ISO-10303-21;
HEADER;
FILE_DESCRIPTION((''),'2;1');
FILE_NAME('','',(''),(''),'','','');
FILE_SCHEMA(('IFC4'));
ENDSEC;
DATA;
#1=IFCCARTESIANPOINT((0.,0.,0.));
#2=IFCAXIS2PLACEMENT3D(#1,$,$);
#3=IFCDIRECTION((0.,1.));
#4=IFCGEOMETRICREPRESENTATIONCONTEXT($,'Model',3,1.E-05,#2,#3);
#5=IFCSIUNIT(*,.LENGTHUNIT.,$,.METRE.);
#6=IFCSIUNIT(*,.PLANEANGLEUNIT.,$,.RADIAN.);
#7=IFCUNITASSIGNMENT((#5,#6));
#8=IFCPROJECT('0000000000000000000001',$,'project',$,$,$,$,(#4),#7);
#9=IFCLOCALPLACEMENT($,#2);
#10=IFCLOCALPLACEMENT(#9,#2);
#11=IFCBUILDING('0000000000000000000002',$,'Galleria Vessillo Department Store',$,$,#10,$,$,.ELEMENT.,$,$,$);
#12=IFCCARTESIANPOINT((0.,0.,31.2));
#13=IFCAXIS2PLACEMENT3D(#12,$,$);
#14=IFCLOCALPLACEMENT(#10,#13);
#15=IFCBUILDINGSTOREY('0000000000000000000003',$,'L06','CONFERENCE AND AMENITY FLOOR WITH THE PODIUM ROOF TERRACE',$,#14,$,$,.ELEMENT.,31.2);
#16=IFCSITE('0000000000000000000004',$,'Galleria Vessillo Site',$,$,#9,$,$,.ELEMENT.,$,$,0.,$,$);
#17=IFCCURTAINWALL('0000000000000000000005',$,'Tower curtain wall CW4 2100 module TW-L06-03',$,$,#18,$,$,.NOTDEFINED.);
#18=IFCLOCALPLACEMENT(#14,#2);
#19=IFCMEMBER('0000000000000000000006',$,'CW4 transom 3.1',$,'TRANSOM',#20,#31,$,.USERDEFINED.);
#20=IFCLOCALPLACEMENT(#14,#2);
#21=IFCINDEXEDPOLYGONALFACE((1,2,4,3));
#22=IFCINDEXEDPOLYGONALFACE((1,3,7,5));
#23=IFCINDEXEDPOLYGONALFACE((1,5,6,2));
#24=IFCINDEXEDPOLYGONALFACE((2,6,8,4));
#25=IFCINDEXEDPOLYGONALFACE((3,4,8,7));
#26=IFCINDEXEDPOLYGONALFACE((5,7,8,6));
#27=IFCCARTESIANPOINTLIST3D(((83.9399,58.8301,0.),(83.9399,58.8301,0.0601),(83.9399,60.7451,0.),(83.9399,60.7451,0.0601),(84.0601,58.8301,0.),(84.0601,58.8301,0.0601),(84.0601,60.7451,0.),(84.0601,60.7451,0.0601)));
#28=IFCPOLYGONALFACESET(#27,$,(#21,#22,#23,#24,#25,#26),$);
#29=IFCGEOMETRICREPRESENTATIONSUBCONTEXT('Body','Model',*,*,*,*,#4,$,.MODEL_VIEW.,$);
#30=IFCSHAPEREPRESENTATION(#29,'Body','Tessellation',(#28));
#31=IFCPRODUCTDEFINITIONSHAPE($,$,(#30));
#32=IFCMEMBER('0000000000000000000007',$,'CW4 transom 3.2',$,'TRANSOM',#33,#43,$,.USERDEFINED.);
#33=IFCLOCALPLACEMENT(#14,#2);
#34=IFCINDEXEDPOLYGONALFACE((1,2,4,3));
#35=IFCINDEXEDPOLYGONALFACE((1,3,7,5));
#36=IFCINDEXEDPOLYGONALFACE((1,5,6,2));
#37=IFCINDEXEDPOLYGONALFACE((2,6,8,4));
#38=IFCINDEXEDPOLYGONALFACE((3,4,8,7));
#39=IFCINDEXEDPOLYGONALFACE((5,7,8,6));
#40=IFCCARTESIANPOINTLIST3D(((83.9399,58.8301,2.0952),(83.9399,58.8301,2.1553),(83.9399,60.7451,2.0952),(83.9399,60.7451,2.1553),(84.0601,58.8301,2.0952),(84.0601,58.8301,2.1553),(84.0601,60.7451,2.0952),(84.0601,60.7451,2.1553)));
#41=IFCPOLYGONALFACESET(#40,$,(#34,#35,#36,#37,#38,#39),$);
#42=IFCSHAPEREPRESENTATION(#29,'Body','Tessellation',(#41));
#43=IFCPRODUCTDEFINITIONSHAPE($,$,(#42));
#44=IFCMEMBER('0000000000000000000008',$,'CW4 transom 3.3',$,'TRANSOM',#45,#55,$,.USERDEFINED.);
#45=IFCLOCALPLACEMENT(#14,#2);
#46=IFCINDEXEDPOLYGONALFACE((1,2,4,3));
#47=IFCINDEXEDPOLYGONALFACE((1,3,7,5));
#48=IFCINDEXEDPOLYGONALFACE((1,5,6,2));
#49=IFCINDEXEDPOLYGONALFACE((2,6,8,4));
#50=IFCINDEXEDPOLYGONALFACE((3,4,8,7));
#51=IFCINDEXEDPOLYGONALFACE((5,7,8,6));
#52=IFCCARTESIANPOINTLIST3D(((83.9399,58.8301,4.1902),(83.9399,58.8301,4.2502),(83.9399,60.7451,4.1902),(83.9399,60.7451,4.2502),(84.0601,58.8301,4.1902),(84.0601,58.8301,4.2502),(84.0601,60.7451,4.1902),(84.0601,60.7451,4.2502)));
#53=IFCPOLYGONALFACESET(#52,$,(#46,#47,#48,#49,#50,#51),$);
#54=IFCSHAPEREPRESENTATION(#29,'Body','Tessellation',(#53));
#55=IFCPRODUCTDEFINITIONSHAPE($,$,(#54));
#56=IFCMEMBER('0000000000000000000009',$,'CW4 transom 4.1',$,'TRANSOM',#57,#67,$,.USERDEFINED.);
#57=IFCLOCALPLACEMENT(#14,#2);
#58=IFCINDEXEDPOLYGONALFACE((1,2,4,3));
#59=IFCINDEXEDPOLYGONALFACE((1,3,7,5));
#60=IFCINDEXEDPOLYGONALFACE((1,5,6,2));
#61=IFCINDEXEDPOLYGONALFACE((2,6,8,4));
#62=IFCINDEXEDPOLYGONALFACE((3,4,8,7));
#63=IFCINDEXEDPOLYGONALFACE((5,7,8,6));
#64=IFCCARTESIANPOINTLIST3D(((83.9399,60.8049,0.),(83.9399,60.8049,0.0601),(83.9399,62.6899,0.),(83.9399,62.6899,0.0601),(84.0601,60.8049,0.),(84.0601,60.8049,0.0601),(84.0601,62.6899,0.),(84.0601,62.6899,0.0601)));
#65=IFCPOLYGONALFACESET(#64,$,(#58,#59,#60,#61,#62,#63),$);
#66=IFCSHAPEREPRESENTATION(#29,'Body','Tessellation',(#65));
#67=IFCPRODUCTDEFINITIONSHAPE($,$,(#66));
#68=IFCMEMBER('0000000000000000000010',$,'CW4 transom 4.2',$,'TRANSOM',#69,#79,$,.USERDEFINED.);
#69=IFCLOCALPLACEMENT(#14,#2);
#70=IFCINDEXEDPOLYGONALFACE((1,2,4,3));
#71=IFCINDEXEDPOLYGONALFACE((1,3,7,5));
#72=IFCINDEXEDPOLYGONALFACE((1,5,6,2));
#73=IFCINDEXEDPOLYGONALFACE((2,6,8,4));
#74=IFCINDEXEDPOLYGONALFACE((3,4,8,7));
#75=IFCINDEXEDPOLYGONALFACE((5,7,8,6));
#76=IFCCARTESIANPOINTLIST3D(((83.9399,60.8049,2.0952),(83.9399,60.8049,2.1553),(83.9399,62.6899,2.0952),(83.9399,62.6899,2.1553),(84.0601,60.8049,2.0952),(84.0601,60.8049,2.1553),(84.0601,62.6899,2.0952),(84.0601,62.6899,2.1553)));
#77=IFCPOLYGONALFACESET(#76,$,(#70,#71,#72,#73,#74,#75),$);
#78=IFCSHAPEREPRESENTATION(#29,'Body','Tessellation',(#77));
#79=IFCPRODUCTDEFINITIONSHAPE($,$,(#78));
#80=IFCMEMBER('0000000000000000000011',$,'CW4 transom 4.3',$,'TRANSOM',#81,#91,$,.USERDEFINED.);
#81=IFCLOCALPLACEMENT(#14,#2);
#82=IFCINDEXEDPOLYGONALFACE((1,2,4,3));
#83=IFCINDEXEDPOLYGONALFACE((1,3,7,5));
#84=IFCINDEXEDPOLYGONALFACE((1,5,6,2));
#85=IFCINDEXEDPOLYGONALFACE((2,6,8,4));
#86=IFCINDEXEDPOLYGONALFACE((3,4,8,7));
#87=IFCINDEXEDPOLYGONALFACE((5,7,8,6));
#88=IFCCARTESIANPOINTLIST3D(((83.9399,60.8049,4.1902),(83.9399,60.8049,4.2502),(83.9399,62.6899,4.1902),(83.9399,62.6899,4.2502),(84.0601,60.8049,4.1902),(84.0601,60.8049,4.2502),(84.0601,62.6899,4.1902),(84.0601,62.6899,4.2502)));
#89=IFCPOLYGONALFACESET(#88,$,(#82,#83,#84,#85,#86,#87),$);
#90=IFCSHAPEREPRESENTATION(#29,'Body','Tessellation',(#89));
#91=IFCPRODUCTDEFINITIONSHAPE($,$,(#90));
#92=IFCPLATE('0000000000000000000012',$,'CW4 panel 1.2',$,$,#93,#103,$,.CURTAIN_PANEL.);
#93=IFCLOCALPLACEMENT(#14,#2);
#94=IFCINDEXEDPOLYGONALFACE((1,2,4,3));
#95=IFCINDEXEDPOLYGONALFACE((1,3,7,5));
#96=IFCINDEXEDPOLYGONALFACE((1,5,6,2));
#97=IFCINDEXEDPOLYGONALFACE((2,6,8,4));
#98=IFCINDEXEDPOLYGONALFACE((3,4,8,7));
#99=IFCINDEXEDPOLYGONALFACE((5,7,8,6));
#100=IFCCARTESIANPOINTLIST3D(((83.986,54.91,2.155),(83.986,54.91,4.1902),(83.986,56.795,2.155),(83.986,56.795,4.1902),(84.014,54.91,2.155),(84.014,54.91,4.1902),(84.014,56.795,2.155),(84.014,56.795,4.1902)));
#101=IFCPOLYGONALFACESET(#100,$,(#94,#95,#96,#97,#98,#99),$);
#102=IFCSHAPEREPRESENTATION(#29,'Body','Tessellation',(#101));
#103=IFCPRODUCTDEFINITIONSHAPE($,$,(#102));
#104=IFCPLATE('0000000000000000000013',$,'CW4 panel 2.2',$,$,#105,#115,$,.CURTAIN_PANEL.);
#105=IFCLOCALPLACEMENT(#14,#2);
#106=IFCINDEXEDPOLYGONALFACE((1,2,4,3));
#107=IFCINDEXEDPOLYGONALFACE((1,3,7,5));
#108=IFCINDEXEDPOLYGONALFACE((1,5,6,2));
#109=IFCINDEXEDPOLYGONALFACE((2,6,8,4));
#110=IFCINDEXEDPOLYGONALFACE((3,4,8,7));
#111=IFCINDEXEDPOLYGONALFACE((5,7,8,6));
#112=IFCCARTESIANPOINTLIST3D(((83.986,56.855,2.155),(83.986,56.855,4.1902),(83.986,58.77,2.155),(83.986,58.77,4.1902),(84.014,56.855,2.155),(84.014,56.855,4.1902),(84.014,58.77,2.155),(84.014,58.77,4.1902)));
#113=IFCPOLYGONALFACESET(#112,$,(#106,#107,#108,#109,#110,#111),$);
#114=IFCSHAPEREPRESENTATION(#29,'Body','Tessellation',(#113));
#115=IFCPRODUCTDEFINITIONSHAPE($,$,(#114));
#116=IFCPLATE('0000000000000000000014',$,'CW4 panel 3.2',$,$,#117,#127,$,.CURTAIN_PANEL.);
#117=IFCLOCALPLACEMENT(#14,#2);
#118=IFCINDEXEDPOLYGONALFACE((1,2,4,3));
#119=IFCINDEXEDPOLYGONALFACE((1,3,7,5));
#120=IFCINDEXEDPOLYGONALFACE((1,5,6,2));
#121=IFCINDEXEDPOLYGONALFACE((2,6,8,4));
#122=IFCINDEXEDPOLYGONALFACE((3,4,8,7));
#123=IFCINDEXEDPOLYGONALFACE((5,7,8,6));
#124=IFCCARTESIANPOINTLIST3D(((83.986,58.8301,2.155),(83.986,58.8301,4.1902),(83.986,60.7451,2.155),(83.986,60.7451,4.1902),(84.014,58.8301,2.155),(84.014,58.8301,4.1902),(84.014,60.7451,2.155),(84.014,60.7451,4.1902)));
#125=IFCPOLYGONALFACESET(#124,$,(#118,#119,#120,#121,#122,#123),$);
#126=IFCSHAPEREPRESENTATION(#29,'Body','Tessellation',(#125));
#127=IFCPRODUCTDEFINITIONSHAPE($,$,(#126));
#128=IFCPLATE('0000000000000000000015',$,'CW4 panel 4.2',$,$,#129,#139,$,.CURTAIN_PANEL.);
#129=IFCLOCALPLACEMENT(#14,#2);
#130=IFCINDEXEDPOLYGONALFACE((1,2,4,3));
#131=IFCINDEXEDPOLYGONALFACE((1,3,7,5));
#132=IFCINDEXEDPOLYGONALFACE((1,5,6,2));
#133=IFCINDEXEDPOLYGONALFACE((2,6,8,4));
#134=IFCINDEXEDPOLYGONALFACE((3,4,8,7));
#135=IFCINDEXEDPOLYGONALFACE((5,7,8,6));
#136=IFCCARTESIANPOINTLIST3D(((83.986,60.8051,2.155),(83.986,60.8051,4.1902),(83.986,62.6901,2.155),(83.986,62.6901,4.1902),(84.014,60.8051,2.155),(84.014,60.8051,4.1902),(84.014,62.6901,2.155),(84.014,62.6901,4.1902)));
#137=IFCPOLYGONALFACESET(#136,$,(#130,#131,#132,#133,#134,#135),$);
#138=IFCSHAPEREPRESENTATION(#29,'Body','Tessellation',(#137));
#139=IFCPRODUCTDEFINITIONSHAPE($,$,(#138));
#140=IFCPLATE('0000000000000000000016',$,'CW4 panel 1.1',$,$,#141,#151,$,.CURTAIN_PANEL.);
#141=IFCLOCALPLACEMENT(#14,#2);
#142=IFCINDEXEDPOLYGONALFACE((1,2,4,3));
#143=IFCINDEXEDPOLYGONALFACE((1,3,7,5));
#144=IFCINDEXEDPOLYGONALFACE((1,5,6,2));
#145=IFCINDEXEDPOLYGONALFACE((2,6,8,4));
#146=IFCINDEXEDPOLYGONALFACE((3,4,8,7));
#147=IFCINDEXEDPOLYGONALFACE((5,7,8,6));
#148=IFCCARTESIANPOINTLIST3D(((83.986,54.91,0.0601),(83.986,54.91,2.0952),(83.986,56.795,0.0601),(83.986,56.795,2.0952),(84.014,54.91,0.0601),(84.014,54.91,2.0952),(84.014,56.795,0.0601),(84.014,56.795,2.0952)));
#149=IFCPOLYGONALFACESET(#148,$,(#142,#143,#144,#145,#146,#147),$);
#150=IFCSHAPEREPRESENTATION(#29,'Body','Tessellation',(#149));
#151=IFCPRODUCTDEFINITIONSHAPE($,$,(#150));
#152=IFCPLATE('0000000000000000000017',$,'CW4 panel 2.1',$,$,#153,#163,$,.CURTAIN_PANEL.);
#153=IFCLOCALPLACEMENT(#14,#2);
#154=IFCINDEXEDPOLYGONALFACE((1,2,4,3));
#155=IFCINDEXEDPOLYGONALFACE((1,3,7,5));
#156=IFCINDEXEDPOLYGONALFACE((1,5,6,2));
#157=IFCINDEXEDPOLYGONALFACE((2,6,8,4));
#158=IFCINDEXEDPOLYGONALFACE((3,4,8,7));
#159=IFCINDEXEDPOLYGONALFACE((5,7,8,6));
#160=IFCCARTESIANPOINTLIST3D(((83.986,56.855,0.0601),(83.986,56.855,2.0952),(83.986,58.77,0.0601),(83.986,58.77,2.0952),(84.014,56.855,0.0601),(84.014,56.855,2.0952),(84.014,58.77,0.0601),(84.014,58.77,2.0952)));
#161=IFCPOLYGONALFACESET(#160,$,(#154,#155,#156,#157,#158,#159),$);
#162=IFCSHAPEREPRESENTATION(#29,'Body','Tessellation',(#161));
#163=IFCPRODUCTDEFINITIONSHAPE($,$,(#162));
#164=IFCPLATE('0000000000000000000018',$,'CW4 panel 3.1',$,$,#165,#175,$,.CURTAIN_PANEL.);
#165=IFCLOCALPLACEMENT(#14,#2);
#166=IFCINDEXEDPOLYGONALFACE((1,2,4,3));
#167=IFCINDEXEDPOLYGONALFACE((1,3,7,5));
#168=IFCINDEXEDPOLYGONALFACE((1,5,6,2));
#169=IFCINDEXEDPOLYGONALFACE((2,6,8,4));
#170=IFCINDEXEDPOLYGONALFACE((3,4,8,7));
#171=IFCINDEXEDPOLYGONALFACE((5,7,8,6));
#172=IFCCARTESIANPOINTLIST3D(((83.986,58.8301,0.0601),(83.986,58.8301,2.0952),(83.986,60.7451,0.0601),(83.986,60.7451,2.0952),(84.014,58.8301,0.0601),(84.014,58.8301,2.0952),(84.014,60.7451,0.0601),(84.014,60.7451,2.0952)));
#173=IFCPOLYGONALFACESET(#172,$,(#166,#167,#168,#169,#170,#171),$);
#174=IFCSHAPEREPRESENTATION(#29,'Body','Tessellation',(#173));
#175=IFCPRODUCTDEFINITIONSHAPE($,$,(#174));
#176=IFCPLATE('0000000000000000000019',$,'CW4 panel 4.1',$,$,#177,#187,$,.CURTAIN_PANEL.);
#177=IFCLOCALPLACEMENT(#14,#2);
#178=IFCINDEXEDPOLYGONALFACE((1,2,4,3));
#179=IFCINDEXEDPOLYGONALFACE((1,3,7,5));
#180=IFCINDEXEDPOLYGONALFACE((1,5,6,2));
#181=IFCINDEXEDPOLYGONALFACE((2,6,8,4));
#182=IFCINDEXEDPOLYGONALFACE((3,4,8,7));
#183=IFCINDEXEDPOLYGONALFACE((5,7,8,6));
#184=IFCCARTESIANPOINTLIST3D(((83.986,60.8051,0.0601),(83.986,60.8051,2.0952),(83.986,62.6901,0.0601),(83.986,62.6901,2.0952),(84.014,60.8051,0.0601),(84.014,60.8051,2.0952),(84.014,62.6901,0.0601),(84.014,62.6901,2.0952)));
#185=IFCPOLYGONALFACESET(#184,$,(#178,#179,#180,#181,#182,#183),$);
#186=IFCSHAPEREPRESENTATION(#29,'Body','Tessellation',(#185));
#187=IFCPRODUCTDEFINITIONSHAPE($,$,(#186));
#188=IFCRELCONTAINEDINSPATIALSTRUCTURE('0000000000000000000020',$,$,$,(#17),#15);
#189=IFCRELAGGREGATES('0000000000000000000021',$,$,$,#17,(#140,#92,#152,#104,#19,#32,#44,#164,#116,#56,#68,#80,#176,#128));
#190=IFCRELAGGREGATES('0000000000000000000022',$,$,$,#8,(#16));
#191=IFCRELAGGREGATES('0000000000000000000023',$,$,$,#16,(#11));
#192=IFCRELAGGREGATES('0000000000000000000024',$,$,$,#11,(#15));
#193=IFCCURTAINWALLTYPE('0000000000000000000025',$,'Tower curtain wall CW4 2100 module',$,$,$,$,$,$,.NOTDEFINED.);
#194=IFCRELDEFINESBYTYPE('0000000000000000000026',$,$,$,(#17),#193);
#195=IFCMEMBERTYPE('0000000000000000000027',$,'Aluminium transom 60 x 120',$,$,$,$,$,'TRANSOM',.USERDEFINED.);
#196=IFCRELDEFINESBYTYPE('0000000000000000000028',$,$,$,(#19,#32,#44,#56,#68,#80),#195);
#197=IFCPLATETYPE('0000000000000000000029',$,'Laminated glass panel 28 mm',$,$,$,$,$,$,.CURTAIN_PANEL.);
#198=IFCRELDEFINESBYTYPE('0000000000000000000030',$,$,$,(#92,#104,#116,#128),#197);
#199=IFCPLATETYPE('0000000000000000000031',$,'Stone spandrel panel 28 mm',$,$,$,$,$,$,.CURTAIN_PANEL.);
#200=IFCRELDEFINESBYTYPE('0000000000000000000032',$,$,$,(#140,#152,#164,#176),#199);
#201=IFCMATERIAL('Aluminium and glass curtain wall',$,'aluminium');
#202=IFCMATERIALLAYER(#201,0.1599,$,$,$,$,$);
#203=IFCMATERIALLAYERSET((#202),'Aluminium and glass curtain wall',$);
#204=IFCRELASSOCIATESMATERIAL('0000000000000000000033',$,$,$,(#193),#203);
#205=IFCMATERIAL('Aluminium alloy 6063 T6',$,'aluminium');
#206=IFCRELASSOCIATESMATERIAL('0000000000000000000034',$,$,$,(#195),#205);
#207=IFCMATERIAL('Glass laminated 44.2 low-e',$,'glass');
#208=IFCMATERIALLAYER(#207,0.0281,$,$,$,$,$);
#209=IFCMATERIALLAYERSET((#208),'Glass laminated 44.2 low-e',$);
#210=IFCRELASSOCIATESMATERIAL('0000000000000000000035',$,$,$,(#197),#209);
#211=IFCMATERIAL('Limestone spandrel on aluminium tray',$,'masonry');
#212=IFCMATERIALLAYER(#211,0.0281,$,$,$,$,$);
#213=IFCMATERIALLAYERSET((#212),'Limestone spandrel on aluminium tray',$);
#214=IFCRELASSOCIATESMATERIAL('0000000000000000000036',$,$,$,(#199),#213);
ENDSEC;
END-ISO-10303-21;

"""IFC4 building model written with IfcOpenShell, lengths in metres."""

from ifc_helpers import new_model, si_unit, direction, frame, origin, origin_2d, place, context, subcontext, project, spatial, rectangle, extrude, material, layer, layer_set, material_profile, profile_set, type_object, element, aggregate, save


model = new_model("IFC4")

# Units and contexts
model_context = context("Model", 3, precision=1e-05, world=origin(), true_north=direction((0.0, 1.0)))
body_context = subcontext(model_context, "Body", "Model", "MODEL_VIEW")
ifc_project = project(units=[si_unit("LENGTHUNIT", "METRE"), si_unit("PLANEANGLEUNIT", "RADIAN")], contexts=[model_context])

# Site, building, storey
site_placement = place(None, origin())
site = spatial("IfcSite", under=ifc_project, at=site_placement, Name="Galleria Vessillo Site", CompositionType="ELEMENT", RefElevation=0.0)
building_placement = place(site_placement, origin())
building = spatial("IfcBuilding", under=site, at=building_placement, Name="Galleria Vessillo Department Store", CompositionType="ELEMENT")
storey_placement = place(building_placement, frame((0.0, 0.0, 31.2)))
storey = spatial("IfcBuildingStorey", under=building, at=storey_placement, Name="L06", Description="CONFERENCE AND AMENITY FLOOR WITH THE PODIUM ROOF TERRACE", CompositionType="ELEMENT", Elevation=31.2)

# Curtain wall, members, plates
ifc_material_1 = material(Name="Aluminium and glass curtain wall", Category="aluminium")
ifc_layer_1 = layer(ifc_material_1, 0.1599)
ifc_layer_set_1 = layer_set([ifc_layer_1], Name="Aluminium and glass curtain wall")
curtain_wall_type = type_object("IfcCurtainWallType", Name="Tower curtain wall CW4 2100 module", PredefinedType="NOTDEFINED", material=ifc_layer_set_1)
curtain_wall_placement = place(storey_placement, origin())
curtain_wall = element("IfcCurtainWall", 1, at=curtain_wall_placement, inside=storey, type_object=curtain_wall_type, Name="Tower curtain wall CW4 2100 module TW-L06-03", PredefinedType="NOTDEFINED")
ifc_material_2 = material(Name="Aluminium alloy 6063 T6", Category="aluminium")
ifc_material_profile_1 = material_profile(ifc_material_2, rectangle(XDim=0.1201, YDim=0.0601, at=origin_2d()), Name="AL 60x120")
ifc_profile_set_1 = profile_set([ifc_material_profile_1], Name="Aluminium alloy 6063 T6")
member_type_1 = type_object("IfcMemberType", Name="Aluminium transom 60 x 120", ElementType="TRANSOM", PredefinedType="USERDEFINED", material=ifc_profile_set_1)
member_1_placement = place(storey_placement, frame((84.0, 58.8301, 0.03), z_axis=(0.0, 1.0, 0.0), x_axis=(-1.0, 0.0, 0.0)))
member_1 = element("IfcMember", 2, at=member_1_placement, type_object=member_type_1, Name="CW4 transom 3.1", ObjectType="TRANSOM", PredefinedType="USERDEFINED", context=body_context, shape_type="SweptSolid", body=[
    extrude(rectangle(XDim=0.1201, YDim=0.0601, at=origin_2d()), origin(), (0.0, 0.0, 1.0), 1.915),
])
member_2_placement = place(storey_placement, frame((84.0, 58.8301, 2.1252), z_axis=(0.0, 1.0, 0.0), x_axis=(-1.0, 0.0, 0.0)))
member_2 = element("IfcMember", 3, at=member_2_placement, type_object=member_type_1, Name="CW4 transom 3.2", ObjectType="TRANSOM", PredefinedType="USERDEFINED", context=body_context, shape_type="SweptSolid", body=[
    extrude(rectangle(XDim=0.1201, YDim=0.0601, at=origin_2d()), origin(), (0.0, 0.0, 1.0), 1.915),
])
member_3_placement = place(storey_placement, frame((84.0, 58.8301, 4.2202), z_axis=(0.0, 1.0, 0.0), x_axis=(-1.0, 0.0, 0.0)))
member_3 = element("IfcMember", 4, at=member_3_placement, type_object=member_type_1, Name="CW4 transom 3.3", ObjectType="TRANSOM", PredefinedType="USERDEFINED", context=body_context, shape_type="SweptSolid", body=[
    extrude(rectangle(XDim=0.1201, YDim=0.0601, at=origin_2d()), origin(), (0.0, 0.0, 1.0), 1.915),
])
member_4_placement = place(storey_placement, frame((84.0, 60.8049, 0.03), z_axis=(0.0, 1.0, 0.0), x_axis=(-1.0, 0.0, 0.0)))
member_4 = element("IfcMember", 5, at=member_4_placement, type_object=member_type_1, Name="CW4 transom 4.1", ObjectType="TRANSOM", PredefinedType="USERDEFINED", context=body_context, shape_type="SweptSolid", body=[
    extrude(rectangle(XDim=0.1201, YDim=0.0601, at=origin_2d()), origin(), (0.0, 0.0, 1.0), 1.885),
])
member_5_placement = place(storey_placement, frame((84.0, 60.8049, 2.1252), z_axis=(0.0, 1.0, 0.0), x_axis=(-1.0, 0.0, 0.0)))
member_5 = element("IfcMember", 6, at=member_5_placement, type_object=member_type_1, Name="CW4 transom 4.2", ObjectType="TRANSOM", PredefinedType="USERDEFINED", context=body_context, shape_type="SweptSolid", body=[
    extrude(rectangle(XDim=0.1201, YDim=0.0601, at=origin_2d()), origin(), (0.0, 0.0, 1.0), 1.885),
])
member_6_placement = place(storey_placement, frame((84.0, 60.8049, 4.2202), z_axis=(0.0, 1.0, 0.0), x_axis=(-1.0, 0.0, 0.0)))
member_6 = element("IfcMember", 7, at=member_6_placement, type_object=member_type_1, Name="CW4 transom 4.3", ObjectType="TRANSOM", PredefinedType="USERDEFINED", context=body_context, shape_type="SweptSolid", body=[
    extrude(rectangle(XDim=0.1201, YDim=0.0601, at=origin_2d()), origin(), (0.0, 0.0, 1.0), 1.885),
])
ifc_material_3 = material(Name="Glass laminated 44.2 low-e", Category="glass")
ifc_layer_2 = layer(ifc_material_3, 0.0281)
ifc_layer_set_2 = layer_set([ifc_layer_2], Name="Glass laminated 44.2 low-e")
plate_type_1 = type_object("IfcPlateType", Name="Laminated glass panel 28 mm", PredefinedType="CURTAIN_PANEL", material=ifc_layer_set_2)
plate_1_placement = place(storey_placement, frame((84.0, 55.8525, 2.155), z_axis=(0.0, 0.0, 1.0), x_axis=(0.0, 1.0, 0.0)))
plate_1 = element("IfcPlate", 8, at=plate_1_placement, type_object=plate_type_1, Name="CW4 panel 1.2", PredefinedType="CURTAIN_PANEL", context=body_context, shape_type="SweptSolid", body=[
    extrude(rectangle(XDim=1.885, YDim=0.0281, at=origin_2d()), origin(), (0.0, 0.0, 1.0), 2.0352),
])
plate_2_placement = place(storey_placement, frame((84.0, 57.8125, 2.155), z_axis=(0.0, 0.0, 1.0), x_axis=(0.0, 1.0, 0.0)))
plate_2 = element("IfcPlate", 9, at=plate_2_placement, type_object=plate_type_1, Name="CW4 panel 2.2", PredefinedType="CURTAIN_PANEL", context=body_context, shape_type="SweptSolid", body=[
    extrude(rectangle(XDim=1.915, YDim=0.0281, at=origin_2d()), origin(), (0.0, 0.0, 1.0), 2.0352),
])
plate_3_placement = place(storey_placement, frame((84.0, 59.7876, 2.155), z_axis=(0.0, 0.0, 1.0), x_axis=(0.0, 1.0, 0.0)))
plate_3 = element("IfcPlate", 10, at=plate_3_placement, type_object=plate_type_1, Name="CW4 panel 3.2", PredefinedType="CURTAIN_PANEL", context=body_context, shape_type="SweptSolid", body=[
    extrude(rectangle(XDim=1.915, YDim=0.0281, at=origin_2d()), origin(), (0.0, 0.0, 1.0), 2.0352),
])
plate_4_placement = place(storey_placement, frame((84.0, 61.7476, 2.155), z_axis=(0.0, 0.0, 1.0), x_axis=(0.0, 1.0, 0.0)))
plate_4 = element("IfcPlate", 11, at=plate_4_placement, type_object=plate_type_1, Name="CW4 panel 4.2", PredefinedType="CURTAIN_PANEL", context=body_context, shape_type="SweptSolid", body=[
    extrude(rectangle(XDim=1.885, YDim=0.0281, at=origin_2d()), origin(), (0.0, 0.0, 1.0), 2.0352),
])
ifc_material_4 = material(Name="Limestone spandrel on aluminium tray", Category="masonry")
ifc_layer_3 = layer(ifc_material_4, 0.0281)
ifc_layer_set_3 = layer_set([ifc_layer_3], Name="Limestone spandrel on aluminium tray")
plate_type_2 = type_object("IfcPlateType", Name="Stone spandrel panel 28 mm", PredefinedType="CURTAIN_PANEL", material=ifc_layer_set_3)
plate_5_placement = place(storey_placement, frame((84.0, 55.8525, 0.0601), z_axis=(0.0, 0.0, 1.0), x_axis=(0.0, 1.0, 0.0)))
plate_5 = element("IfcPlate", 12, at=plate_5_placement, type_object=plate_type_2, Name="CW4 panel 1.1", PredefinedType="CURTAIN_PANEL", context=body_context, shape_type="SweptSolid", body=[
    extrude(rectangle(XDim=1.885, YDim=0.0281, at=origin_2d()), origin(), (0.0, 0.0, 1.0), 2.0352),
])
plate_6_placement = place(storey_placement, frame((84.0, 57.8125, 0.0601), z_axis=(0.0, 0.0, 1.0), x_axis=(0.0, 1.0, 0.0)))
plate_6 = element("IfcPlate", 13, at=plate_6_placement, type_object=plate_type_2, Name="CW4 panel 2.1", PredefinedType="CURTAIN_PANEL", context=body_context, shape_type="SweptSolid", body=[
    extrude(rectangle(XDim=1.915, YDim=0.0281, at=origin_2d()), origin(), (0.0, 0.0, 1.0), 2.0352),
])
plate_7_placement = place(storey_placement, frame((84.0, 59.7876, 0.0601), z_axis=(0.0, 0.0, 1.0), x_axis=(0.0, 1.0, 0.0)))
plate_7 = element("IfcPlate", 14, at=plate_7_placement, type_object=plate_type_2, Name="CW4 panel 3.1", PredefinedType="CURTAIN_PANEL", context=body_context, shape_type="SweptSolid", body=[
    extrude(rectangle(XDim=1.915, YDim=0.0281, at=origin_2d()), origin(), (0.0, 0.0, 1.0), 2.0352),
])
plate_8_placement = place(storey_placement, frame((84.0, 61.7476, 0.0601), z_axis=(0.0, 0.0, 1.0), x_axis=(0.0, 1.0, 0.0)))
plate_8 = element("IfcPlate", 15, at=plate_8_placement, type_object=plate_type_2, Name="CW4 panel 4.1", PredefinedType="CURTAIN_PANEL", context=body_context, shape_type="SweptSolid", body=[
    extrude(rectangle(XDim=1.885, YDim=0.0281, at=origin_2d()), origin(), (0.0, 0.0, 1.0), 2.0352),
])
aggregate(curtain_wall, [plate_5, plate_1, plate_6, plate_2, member_1, member_2, member_3, plate_7, plate_3, member_4, member_5, member_6, plate_8, plate_4])

save(model, "model.ifc")
